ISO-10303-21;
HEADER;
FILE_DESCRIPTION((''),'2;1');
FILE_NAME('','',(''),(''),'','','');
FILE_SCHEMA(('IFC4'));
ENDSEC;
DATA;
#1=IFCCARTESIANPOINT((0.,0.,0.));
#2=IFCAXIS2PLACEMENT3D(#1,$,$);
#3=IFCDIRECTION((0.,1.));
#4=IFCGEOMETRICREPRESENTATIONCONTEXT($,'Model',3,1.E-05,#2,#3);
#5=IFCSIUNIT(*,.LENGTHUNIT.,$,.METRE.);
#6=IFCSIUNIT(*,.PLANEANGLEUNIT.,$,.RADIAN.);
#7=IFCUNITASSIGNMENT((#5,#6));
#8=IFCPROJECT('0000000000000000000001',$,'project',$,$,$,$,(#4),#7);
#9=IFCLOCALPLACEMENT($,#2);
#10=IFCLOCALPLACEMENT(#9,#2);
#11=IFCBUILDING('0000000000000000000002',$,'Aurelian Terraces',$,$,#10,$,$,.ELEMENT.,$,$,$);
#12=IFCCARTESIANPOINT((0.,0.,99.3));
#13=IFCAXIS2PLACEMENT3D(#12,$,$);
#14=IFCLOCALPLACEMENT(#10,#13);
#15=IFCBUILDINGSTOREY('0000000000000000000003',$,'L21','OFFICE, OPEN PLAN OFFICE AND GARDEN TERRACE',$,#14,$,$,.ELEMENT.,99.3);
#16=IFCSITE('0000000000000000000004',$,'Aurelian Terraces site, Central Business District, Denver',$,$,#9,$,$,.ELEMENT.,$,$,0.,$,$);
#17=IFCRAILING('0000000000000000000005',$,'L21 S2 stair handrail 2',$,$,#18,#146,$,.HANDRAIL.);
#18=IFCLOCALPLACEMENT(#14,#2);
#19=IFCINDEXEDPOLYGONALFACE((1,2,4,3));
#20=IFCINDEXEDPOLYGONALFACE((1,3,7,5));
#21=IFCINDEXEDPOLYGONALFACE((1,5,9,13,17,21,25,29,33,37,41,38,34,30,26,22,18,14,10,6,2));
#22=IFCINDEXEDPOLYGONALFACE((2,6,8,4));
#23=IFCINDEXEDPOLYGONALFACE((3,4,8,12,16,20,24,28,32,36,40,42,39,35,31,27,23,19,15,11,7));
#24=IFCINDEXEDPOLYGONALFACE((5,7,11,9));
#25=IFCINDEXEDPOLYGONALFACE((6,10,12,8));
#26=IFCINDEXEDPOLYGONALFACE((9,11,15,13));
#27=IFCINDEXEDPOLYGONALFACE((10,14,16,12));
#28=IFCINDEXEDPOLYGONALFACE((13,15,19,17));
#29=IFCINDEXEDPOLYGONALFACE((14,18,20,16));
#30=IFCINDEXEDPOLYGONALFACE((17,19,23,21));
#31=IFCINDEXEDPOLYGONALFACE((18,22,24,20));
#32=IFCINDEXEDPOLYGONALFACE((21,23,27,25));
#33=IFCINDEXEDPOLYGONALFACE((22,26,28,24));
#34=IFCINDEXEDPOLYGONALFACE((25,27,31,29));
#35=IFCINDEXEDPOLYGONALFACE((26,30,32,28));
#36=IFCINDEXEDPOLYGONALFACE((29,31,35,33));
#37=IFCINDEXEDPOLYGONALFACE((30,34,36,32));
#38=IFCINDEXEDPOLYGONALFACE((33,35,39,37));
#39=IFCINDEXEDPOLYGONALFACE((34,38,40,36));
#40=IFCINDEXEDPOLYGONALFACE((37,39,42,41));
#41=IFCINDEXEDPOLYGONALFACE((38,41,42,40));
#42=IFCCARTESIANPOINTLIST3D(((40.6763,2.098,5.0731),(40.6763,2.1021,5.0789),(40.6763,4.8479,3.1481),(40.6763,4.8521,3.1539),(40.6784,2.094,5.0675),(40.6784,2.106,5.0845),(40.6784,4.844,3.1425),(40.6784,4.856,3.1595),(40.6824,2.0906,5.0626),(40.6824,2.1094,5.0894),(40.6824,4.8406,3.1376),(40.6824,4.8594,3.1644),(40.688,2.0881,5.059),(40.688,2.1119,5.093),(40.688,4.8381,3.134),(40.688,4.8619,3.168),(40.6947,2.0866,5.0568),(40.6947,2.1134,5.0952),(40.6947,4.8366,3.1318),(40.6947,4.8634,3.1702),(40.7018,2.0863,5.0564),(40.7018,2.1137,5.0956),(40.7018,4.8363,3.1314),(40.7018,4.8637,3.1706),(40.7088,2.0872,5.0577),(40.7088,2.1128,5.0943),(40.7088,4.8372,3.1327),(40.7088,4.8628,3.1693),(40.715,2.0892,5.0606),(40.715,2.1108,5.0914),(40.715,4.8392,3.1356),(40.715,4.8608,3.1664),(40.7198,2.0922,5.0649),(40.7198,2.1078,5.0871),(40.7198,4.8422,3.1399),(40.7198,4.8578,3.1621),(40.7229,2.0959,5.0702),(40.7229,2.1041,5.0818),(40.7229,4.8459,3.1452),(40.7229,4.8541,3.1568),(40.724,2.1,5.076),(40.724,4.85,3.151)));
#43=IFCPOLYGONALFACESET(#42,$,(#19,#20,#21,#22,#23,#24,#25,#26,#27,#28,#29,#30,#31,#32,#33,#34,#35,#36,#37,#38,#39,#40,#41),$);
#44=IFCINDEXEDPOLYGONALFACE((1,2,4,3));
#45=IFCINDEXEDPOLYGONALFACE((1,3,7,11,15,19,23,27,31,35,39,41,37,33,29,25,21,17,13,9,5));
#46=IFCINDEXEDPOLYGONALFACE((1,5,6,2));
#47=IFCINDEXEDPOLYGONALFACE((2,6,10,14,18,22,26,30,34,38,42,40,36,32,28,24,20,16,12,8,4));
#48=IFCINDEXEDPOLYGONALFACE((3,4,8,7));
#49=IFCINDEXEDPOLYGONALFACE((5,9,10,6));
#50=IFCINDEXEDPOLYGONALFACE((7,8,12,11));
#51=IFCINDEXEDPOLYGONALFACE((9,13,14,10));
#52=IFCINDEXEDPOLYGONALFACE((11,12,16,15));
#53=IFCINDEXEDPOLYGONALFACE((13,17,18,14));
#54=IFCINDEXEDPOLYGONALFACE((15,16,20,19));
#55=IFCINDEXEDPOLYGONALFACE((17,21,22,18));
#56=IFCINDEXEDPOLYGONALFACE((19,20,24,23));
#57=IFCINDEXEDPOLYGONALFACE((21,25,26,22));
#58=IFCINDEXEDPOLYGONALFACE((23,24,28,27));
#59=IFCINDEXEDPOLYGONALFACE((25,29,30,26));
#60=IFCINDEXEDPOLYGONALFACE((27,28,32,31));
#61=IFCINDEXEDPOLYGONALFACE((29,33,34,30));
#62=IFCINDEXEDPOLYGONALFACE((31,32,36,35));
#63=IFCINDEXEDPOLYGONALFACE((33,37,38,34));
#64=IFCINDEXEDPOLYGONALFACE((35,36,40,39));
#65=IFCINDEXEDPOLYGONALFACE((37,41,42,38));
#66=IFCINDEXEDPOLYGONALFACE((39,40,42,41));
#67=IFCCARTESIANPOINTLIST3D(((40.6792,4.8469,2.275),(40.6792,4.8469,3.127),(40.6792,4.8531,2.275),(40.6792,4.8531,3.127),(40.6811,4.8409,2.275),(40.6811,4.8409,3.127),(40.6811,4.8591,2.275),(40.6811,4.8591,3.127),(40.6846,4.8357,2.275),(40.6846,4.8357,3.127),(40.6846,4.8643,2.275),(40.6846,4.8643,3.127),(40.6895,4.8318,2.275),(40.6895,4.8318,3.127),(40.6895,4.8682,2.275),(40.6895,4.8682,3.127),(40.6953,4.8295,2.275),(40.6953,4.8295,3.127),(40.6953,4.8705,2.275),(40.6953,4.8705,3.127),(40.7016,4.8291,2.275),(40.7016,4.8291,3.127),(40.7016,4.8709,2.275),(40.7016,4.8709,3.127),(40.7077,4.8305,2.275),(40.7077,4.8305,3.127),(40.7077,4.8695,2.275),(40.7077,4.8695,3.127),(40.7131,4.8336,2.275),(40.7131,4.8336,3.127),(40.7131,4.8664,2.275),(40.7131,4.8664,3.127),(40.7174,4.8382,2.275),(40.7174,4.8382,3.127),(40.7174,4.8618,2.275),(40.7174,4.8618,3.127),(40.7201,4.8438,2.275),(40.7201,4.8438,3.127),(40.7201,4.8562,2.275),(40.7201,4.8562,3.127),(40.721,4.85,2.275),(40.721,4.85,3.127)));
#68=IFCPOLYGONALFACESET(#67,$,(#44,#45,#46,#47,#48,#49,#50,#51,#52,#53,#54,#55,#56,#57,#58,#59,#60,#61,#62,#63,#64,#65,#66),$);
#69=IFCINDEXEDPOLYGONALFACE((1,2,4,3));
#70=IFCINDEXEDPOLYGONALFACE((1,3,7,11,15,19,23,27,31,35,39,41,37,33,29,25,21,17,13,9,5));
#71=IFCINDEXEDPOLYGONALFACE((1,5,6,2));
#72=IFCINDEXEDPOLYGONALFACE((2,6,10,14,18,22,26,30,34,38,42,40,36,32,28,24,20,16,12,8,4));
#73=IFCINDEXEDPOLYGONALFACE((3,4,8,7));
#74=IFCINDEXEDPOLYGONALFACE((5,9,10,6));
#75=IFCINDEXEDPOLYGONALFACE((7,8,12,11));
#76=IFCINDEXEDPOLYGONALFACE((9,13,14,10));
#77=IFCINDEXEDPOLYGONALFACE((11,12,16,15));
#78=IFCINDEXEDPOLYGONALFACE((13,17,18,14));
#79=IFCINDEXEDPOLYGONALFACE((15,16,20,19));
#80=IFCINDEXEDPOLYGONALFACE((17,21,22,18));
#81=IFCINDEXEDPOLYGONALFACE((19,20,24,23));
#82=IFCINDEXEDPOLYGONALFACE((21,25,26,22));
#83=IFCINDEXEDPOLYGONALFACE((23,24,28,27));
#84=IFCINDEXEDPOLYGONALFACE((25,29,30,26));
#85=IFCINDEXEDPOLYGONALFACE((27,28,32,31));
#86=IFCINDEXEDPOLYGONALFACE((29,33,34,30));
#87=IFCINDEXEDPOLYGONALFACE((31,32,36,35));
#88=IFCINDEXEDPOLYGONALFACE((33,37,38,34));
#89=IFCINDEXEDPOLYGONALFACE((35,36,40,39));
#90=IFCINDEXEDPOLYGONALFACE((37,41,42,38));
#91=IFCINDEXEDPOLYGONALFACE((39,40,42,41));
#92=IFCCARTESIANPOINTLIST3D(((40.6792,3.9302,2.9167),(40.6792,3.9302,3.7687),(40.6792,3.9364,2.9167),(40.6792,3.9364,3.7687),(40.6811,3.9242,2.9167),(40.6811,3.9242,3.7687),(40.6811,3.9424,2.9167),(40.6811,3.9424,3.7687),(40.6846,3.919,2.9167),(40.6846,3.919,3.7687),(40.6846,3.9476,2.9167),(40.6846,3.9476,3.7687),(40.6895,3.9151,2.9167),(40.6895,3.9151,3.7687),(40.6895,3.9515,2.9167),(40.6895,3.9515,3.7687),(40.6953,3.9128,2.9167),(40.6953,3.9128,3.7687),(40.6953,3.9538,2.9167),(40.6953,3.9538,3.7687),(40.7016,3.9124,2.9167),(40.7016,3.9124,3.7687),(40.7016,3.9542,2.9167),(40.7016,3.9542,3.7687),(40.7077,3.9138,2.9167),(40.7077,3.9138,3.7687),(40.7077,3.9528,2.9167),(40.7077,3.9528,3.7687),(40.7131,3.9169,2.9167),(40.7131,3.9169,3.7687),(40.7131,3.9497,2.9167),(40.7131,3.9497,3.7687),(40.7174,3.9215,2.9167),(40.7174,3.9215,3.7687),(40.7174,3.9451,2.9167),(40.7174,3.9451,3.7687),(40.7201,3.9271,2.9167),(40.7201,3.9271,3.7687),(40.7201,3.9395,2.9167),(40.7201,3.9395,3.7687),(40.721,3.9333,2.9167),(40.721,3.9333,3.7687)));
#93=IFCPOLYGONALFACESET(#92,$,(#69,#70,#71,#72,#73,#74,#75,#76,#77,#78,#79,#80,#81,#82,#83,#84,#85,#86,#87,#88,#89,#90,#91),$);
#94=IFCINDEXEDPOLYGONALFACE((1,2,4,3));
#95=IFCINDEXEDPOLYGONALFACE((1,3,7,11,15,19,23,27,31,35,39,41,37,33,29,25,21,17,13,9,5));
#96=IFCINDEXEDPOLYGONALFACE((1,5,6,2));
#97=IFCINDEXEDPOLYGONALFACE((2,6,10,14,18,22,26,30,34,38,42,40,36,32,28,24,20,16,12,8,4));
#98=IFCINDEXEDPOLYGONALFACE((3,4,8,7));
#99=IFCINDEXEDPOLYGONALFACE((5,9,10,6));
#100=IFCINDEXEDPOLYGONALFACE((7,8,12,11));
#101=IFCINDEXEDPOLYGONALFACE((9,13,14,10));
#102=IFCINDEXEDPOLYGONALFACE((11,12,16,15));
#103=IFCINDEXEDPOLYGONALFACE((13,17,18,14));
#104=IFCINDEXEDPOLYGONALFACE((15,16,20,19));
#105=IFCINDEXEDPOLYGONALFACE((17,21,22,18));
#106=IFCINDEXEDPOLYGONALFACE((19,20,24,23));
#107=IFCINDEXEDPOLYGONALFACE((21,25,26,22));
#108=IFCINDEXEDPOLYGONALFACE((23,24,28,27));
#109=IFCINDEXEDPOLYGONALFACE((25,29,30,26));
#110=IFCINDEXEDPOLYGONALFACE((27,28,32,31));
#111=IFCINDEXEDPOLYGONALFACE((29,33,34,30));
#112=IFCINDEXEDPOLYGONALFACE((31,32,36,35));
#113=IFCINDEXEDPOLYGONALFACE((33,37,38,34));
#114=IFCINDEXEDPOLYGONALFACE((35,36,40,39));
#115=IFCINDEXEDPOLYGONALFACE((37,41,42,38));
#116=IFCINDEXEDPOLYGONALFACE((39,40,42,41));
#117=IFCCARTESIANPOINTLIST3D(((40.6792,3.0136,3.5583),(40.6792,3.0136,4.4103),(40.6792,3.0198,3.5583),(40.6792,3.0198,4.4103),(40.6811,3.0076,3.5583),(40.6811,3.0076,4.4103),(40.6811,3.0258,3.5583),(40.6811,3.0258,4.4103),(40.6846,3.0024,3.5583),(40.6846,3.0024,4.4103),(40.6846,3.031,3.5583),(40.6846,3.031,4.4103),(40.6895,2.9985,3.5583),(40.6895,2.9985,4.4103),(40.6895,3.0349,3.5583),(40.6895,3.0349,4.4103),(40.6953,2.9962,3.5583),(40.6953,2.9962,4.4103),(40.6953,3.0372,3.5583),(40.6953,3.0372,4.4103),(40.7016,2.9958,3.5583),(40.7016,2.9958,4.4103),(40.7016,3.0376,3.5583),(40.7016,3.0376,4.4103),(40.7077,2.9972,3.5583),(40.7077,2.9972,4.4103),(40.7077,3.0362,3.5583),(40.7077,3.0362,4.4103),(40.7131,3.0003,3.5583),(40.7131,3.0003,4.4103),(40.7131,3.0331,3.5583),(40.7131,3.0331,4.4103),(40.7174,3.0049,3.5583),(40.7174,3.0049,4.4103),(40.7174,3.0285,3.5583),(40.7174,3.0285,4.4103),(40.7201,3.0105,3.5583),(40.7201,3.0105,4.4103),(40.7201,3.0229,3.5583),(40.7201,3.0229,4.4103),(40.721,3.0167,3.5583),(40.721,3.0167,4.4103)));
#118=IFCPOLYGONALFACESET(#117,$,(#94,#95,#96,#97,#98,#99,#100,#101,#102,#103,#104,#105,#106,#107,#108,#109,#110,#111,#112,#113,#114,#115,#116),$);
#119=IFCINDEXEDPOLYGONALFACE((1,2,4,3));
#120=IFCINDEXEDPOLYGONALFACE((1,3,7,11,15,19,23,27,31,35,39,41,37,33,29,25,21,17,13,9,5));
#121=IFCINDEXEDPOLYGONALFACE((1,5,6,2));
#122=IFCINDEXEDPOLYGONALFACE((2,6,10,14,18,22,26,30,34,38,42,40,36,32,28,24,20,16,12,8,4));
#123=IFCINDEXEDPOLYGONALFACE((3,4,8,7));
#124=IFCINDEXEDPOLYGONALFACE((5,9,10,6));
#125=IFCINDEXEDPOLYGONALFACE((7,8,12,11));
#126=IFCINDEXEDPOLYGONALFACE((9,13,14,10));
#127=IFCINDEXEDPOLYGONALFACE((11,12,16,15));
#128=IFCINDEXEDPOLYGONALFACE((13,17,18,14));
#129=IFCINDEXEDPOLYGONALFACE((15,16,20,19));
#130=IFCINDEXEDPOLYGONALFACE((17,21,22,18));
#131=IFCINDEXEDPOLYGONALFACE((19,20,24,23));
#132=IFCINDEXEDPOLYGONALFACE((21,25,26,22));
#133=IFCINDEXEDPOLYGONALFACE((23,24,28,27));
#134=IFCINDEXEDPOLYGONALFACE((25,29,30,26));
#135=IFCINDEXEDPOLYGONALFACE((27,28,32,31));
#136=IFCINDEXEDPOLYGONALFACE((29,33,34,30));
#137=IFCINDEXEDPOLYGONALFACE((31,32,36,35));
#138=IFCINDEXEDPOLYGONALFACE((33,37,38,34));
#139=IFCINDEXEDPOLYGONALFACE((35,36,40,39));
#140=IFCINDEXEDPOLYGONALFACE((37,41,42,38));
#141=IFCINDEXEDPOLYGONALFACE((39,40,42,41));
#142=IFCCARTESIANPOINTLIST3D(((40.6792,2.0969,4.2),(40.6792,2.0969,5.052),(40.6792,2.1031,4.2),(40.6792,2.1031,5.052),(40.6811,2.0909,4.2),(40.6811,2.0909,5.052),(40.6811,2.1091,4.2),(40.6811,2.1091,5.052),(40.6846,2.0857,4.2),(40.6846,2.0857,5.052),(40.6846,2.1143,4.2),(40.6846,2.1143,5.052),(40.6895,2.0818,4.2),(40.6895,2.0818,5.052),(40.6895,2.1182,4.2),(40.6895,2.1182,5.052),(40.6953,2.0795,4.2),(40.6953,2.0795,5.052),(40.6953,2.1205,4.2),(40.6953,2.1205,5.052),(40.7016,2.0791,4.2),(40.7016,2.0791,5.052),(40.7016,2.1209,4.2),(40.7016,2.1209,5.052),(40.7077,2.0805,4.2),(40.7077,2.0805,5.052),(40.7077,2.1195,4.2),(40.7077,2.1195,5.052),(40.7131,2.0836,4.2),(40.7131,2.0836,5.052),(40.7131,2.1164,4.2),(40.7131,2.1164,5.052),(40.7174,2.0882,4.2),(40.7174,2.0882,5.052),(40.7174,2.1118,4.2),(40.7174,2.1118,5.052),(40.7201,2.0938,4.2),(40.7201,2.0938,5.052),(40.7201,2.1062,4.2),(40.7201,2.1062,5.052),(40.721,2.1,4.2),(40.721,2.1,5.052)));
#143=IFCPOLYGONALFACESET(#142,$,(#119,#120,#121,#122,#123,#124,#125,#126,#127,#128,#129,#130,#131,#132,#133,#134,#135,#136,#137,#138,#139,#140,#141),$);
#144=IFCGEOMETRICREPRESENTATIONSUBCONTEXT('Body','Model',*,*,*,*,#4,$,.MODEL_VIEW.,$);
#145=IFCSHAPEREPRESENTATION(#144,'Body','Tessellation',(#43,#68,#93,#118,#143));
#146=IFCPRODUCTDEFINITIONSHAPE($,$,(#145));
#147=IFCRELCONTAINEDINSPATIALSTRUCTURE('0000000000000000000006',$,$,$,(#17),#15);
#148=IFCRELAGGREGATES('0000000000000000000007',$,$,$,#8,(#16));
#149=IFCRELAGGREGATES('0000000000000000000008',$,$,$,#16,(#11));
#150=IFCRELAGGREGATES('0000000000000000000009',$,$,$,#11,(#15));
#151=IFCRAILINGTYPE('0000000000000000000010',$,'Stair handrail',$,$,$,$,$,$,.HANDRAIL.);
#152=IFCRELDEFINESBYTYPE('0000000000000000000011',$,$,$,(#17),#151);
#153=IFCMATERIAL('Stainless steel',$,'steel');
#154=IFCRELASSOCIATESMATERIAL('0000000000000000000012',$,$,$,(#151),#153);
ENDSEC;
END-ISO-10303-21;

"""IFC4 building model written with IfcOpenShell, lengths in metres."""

from ifc_helpers import new_model, si_unit, direction, frame, origin, origin_2d, place, context, subcontext, project, spatial, circle, extrude, source, transform, mapped, material, type_object, element, save


model = new_model("IFC4")

# Units and contexts
model_context = context("Model", 3, precision=1e-05, world=origin(), true_north=direction((0.0, 1.0)))
body_context = subcontext(model_context, "Body", "Model", "MODEL_VIEW")
ifc_project = project(units=[si_unit("LENGTHUNIT", "METRE"), si_unit("PLANEANGLEUNIT", "RADIAN")], contexts=[model_context])

# Site, building, storey
site_placement = place(None, origin())
site = spatial("IfcSite", under=ifc_project, at=site_placement, Name="Aurelian Terraces site, Central Business District, Denver", CompositionType="ELEMENT", RefElevation=0.0)
building_placement = place(site_placement, origin())
building = spatial("IfcBuilding", under=site, at=building_placement, Name="Aurelian Terraces", CompositionType="ELEMENT")
storey_placement = place(building_placement, frame((0.0, 0.0, 99.3)))
storey = spatial("IfcBuildingStorey", under=building, at=storey_placement, Name="L21", Description="OFFICE, OPEN PLAN OFFICE AND GARDEN TERRACE", CompositionType="ELEMENT", Elevation=99.3)

# Railing
ifc_material_1 = material(Name="Stainless steel", Category="steel")
railing_type_1 = type_object("IfcRailingType", Name="Stair handrail", PredefinedType="HANDRAIL", material=ifc_material_1)
shared_shape_1 = source(origin(), body_context, "Body", "SweptSolid", [
    extrude(circle(Radius=0.024, at=origin_2d()), frame((0.0, 0.0, 0.876), z_axis=(0.0, -0.819232, 0.573462), x_axis=(1.0, 0.0, 0.0)), (0.0, 0.0, 1.0), 3.3568),
    extrude(circle(Radius=0.021, at=origin_2d()), origin(), (0.0, 0.0, 1.0), 0.852),
    extrude(circle(Radius=0.021, at=origin_2d()), frame((0.0, -0.9167, 0.6417)), (0.0, 0.0, 1.0), 0.852),
    extrude(circle(Radius=0.021, at=origin_2d()), frame((0.0, -1.8333, 1.2833)), (0.0, 0.0, 1.0), 0.852),
    extrude(circle(Radius=0.021, at=origin_2d()), frame((0.0, -2.75, 1.925)), (0.0, 0.0, 1.0), 0.852),
])
railing_1_placement = place(storey_placement, frame((40.7, 4.85, 2.275)))
element("IfcRailing", 1, at=railing_1_placement, inside=storey, type_object=railing_type_1, Name="L21 S2 stair handrail 2", PredefinedType="HANDRAIL", context=body_context, shape_type="MappedRepresentation", body=[
    mapped(shared_shape_1, transform((0.0, 0.0, 0.0), scale=1.0)),
])

save(model, "model.ifc")
